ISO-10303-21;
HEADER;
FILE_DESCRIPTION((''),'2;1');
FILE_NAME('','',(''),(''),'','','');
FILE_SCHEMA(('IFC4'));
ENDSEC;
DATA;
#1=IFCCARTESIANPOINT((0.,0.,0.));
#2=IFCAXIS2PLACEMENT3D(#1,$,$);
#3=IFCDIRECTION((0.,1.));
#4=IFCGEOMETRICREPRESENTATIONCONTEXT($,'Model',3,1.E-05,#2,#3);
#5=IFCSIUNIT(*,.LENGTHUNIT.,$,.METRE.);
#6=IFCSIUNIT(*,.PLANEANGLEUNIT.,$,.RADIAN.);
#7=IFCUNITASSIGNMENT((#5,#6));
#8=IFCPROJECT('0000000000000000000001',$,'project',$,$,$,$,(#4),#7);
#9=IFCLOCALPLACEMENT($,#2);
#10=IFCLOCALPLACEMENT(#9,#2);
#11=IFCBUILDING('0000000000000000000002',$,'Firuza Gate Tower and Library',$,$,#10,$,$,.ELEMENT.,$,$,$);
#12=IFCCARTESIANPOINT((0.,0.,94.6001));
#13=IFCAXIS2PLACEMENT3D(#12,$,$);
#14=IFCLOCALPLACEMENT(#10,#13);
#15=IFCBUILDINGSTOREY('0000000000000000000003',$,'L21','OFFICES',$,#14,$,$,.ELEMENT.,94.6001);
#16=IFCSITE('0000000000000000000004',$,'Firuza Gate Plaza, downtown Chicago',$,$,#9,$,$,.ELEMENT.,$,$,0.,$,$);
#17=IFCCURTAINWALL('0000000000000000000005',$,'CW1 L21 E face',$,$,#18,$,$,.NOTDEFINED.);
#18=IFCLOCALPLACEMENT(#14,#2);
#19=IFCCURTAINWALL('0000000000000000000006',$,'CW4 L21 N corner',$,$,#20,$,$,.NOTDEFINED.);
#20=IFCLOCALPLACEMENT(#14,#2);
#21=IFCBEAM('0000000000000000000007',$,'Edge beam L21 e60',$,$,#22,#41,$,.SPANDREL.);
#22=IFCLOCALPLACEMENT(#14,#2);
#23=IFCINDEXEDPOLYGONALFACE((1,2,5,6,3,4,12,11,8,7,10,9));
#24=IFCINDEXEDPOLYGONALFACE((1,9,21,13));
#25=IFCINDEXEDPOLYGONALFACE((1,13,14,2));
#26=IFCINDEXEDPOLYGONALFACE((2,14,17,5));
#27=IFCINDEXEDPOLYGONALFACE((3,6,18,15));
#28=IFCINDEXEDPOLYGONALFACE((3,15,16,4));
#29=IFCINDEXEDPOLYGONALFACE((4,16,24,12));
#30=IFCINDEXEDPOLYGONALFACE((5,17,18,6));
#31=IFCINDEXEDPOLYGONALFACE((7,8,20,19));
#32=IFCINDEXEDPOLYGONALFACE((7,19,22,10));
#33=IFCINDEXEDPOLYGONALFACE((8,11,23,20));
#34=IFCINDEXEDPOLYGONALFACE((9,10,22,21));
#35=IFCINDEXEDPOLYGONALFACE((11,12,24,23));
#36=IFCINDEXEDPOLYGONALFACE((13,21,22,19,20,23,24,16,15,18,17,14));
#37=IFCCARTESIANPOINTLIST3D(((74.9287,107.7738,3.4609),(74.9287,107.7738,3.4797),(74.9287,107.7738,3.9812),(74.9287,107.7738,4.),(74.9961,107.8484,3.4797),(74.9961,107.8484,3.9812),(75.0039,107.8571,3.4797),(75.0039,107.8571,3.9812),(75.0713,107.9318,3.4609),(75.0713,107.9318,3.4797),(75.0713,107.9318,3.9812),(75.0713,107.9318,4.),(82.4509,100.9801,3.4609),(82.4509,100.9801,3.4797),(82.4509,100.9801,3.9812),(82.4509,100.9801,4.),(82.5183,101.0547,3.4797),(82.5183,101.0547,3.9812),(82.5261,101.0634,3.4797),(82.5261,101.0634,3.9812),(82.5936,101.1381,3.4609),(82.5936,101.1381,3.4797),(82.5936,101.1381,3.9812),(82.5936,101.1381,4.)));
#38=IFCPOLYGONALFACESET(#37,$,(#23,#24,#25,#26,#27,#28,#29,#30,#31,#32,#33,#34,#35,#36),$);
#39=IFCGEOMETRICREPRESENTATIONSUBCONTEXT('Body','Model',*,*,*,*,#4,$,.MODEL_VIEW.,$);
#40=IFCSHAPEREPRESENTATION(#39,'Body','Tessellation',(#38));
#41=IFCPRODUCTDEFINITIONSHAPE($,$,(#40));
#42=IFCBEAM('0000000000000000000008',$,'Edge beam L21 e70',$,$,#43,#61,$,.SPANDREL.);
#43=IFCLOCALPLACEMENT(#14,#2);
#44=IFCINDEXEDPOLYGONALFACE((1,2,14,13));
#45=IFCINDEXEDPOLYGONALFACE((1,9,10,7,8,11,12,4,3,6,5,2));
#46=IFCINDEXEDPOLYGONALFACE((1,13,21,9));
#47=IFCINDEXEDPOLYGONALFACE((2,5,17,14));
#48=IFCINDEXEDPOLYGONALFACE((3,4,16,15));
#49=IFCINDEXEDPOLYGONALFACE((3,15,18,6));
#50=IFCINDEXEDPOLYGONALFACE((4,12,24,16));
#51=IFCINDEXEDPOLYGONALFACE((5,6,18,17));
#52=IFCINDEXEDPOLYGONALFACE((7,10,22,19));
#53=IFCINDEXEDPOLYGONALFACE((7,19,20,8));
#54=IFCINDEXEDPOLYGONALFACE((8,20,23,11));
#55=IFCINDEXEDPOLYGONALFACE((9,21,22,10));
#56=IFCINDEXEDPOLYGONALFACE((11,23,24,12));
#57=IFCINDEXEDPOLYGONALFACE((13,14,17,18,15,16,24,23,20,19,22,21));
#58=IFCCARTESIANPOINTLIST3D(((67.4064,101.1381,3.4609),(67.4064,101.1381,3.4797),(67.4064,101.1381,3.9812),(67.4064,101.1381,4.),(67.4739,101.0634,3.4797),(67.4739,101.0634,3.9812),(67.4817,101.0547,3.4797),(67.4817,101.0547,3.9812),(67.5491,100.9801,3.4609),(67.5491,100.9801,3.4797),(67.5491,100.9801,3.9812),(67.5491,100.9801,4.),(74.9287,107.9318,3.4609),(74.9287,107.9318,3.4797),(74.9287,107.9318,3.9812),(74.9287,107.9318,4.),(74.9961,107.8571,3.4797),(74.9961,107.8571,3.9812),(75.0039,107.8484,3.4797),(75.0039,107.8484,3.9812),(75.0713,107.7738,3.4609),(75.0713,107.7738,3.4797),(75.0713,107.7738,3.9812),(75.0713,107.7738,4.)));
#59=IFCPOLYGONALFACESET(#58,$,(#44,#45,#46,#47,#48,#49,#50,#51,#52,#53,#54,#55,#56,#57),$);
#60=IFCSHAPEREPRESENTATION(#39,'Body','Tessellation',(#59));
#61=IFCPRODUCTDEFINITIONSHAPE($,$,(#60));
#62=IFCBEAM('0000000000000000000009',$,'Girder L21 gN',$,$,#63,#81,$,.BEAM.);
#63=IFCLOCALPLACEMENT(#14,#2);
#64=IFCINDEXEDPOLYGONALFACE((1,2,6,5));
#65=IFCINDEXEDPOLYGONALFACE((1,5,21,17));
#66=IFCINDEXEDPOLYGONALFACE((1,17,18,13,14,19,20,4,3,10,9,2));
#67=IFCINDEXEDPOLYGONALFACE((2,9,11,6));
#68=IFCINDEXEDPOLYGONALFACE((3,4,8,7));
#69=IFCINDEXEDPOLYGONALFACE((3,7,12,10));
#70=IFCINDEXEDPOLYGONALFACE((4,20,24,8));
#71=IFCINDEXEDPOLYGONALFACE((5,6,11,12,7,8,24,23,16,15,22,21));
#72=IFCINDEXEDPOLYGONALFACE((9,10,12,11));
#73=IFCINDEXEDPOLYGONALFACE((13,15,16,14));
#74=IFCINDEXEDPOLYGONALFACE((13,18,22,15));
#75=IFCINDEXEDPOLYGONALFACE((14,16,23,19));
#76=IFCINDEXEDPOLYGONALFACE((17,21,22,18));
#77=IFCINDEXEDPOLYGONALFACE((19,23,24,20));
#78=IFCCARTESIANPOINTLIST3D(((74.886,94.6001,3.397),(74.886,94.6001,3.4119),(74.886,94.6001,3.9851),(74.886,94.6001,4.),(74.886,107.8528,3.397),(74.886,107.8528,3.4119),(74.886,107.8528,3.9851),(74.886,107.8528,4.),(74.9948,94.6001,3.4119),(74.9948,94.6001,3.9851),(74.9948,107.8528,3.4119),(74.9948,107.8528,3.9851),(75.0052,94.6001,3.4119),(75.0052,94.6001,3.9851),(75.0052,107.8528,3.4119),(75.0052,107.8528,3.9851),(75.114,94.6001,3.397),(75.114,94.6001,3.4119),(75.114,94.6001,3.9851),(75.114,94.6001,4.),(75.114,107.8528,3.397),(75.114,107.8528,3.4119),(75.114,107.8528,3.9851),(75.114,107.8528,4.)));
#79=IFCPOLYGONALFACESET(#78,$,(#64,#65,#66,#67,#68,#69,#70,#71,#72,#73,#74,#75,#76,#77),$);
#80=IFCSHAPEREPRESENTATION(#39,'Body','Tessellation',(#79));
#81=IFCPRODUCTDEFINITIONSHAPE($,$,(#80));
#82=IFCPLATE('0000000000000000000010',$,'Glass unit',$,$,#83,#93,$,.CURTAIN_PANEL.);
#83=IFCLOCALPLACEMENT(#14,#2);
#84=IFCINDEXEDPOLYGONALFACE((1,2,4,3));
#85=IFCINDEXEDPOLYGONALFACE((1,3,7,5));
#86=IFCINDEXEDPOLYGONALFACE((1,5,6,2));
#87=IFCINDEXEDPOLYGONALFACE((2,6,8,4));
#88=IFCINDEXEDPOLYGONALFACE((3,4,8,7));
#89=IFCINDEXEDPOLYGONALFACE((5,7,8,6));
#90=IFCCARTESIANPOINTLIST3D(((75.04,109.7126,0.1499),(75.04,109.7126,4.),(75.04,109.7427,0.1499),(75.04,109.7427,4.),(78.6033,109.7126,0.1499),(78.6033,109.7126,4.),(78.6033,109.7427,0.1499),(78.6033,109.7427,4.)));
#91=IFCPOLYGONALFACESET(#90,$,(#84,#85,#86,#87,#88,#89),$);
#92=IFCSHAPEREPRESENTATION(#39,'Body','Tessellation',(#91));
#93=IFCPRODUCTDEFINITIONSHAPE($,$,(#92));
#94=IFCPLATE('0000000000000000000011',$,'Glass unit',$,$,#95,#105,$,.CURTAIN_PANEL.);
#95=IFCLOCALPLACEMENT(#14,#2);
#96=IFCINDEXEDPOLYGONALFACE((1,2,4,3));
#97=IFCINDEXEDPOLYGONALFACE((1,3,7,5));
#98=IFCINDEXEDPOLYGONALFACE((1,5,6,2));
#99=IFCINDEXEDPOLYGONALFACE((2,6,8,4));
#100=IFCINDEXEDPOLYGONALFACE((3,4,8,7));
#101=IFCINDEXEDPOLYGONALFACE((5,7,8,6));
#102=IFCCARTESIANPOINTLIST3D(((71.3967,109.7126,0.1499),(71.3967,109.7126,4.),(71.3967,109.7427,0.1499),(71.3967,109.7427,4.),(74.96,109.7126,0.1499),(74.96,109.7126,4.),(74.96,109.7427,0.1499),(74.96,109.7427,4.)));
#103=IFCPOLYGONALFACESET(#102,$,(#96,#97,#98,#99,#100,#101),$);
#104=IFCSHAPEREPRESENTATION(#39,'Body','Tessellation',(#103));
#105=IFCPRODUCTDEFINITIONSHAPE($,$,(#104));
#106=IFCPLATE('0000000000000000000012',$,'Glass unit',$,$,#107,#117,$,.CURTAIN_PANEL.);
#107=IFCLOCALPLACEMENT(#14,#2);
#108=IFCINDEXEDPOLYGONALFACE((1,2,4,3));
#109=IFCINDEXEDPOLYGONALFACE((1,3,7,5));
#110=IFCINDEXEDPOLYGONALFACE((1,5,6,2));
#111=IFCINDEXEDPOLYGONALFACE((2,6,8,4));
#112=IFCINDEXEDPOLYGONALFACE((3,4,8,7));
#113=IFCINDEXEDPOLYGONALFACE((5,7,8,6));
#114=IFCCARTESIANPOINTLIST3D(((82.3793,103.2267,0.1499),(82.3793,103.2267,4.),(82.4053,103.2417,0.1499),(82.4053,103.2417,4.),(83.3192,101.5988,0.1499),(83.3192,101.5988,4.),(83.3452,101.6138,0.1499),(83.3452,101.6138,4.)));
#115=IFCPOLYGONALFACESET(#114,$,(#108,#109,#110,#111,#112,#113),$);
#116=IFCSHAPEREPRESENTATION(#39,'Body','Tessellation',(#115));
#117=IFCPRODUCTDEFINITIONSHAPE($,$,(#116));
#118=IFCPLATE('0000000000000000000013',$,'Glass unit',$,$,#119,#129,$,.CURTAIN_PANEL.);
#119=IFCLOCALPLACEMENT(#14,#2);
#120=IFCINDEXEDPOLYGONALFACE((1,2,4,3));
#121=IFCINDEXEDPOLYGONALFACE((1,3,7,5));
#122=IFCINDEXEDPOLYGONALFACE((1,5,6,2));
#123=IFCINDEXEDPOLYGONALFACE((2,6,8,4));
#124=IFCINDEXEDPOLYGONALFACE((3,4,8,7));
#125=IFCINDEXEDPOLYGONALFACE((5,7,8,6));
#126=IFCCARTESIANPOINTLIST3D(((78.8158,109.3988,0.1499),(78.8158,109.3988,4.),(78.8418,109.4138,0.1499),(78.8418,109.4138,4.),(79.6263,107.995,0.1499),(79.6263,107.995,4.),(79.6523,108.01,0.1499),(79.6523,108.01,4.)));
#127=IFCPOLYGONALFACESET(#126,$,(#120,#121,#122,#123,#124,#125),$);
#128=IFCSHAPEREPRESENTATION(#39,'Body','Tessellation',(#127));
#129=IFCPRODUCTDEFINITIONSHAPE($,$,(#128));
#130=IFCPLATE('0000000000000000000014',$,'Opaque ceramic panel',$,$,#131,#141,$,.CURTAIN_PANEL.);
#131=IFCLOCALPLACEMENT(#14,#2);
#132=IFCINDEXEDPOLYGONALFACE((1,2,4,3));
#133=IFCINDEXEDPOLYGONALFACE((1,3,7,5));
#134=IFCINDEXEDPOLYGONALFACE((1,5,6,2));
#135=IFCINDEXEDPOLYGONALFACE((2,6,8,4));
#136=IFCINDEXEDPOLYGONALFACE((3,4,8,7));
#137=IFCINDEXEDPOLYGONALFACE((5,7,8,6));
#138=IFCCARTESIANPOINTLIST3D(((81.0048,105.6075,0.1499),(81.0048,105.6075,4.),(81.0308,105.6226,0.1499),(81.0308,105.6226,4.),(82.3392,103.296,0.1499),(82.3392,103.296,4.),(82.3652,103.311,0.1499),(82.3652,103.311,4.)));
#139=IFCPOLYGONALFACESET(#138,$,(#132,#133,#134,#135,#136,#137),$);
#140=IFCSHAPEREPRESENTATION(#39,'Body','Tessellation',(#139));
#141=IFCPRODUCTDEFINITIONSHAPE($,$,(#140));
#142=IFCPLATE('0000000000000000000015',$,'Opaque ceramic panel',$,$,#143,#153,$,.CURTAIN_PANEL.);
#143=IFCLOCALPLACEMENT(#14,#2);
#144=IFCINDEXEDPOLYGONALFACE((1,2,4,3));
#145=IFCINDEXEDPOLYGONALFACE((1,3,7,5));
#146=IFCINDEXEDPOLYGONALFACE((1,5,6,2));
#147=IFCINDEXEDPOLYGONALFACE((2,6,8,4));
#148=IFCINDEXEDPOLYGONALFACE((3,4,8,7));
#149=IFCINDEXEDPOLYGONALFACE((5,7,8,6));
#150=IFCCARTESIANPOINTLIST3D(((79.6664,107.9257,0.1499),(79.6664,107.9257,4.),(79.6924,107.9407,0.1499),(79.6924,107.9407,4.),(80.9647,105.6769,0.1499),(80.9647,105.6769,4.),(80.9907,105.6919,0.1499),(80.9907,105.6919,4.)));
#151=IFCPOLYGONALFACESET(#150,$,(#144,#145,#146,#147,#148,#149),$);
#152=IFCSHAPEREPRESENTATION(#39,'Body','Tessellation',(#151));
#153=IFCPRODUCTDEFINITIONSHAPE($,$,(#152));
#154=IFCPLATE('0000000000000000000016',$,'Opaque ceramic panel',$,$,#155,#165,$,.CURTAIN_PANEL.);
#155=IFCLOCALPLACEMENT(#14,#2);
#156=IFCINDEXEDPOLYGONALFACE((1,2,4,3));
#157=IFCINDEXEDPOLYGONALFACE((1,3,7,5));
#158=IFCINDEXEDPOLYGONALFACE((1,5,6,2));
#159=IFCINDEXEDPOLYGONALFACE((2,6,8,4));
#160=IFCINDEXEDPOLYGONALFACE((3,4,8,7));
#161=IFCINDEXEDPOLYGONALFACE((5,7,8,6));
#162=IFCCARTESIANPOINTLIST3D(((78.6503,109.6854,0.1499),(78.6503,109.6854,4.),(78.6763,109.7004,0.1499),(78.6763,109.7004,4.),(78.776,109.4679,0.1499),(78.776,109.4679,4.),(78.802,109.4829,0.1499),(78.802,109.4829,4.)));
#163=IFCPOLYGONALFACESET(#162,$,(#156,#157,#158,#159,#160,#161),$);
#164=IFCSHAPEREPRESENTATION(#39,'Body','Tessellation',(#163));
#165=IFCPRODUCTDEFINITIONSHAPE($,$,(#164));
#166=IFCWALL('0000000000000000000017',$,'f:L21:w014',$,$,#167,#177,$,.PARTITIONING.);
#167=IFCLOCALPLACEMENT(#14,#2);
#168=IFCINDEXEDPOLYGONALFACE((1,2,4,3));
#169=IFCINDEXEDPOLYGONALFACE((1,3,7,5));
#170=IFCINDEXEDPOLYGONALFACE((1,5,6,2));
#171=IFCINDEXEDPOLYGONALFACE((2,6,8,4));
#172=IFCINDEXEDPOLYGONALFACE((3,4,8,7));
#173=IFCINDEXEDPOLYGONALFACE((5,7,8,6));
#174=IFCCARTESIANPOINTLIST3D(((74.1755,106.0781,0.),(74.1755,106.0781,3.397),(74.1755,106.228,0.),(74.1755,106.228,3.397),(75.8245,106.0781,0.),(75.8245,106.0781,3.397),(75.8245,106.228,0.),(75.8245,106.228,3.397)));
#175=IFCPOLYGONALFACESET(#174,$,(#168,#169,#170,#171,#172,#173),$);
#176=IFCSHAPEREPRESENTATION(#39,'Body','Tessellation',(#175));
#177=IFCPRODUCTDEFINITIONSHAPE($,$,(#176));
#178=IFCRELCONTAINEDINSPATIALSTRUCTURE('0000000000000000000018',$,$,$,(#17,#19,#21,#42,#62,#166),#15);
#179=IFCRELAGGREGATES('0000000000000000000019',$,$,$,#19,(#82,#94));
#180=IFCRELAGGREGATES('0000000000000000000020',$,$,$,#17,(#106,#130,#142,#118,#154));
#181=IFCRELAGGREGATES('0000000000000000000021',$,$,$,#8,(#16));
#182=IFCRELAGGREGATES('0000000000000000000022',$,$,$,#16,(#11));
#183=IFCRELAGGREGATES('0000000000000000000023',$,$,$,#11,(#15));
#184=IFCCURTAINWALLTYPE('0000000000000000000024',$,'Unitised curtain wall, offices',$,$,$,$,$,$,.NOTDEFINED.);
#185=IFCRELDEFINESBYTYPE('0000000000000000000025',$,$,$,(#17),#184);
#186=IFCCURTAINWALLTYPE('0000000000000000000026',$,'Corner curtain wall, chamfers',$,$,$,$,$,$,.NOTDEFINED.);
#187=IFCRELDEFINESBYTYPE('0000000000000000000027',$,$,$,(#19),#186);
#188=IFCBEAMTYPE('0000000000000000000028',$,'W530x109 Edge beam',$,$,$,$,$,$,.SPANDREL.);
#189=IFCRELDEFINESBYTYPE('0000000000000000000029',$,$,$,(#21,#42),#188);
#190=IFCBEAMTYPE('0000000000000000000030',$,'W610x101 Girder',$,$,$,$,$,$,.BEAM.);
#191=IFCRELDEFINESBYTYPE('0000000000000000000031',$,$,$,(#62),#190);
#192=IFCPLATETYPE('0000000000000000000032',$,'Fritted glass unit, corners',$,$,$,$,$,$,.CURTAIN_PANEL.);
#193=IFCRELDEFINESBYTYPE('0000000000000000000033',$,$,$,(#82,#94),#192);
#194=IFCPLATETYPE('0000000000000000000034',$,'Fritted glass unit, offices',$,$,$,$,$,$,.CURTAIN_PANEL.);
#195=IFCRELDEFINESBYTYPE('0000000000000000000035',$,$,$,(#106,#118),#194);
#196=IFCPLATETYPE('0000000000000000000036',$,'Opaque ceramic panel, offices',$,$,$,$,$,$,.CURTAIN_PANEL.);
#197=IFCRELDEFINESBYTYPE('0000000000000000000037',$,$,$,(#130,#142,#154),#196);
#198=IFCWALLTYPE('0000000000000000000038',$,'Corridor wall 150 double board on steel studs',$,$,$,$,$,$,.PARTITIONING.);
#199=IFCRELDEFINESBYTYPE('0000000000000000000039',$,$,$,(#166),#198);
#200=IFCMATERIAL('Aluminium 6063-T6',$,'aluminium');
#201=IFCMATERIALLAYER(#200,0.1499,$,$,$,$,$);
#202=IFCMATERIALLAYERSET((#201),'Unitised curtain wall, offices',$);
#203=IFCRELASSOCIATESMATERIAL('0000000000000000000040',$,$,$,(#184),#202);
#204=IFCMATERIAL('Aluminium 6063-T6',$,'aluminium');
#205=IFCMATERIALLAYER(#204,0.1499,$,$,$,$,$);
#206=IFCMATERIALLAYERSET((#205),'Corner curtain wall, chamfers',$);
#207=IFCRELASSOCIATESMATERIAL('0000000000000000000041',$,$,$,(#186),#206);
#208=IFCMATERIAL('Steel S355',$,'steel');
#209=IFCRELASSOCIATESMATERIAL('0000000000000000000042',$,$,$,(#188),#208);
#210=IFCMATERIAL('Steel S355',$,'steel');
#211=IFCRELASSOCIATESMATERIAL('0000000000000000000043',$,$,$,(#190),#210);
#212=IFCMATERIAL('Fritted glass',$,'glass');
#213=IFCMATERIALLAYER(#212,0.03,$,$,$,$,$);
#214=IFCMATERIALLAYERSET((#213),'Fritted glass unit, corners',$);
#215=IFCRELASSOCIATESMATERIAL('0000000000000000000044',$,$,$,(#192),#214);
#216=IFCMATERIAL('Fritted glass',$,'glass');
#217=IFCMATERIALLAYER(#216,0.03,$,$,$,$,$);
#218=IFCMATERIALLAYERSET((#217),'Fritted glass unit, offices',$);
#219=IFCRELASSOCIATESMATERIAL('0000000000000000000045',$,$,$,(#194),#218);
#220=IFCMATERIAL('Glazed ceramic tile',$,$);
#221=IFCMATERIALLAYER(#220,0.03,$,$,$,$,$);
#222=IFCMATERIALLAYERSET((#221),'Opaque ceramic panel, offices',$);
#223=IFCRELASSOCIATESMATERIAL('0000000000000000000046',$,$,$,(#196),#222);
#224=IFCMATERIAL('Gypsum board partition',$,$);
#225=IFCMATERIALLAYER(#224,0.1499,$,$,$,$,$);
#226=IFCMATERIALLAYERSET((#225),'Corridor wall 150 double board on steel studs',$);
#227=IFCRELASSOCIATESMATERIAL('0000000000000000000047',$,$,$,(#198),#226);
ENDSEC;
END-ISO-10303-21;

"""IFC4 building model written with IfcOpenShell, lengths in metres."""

from ifc_helpers import new_model, si_unit, direction, frame, frame_2d, origin, origin_2d, place, context, subcontext, project, spatial, polyline, rectangle, i_section, outline, extrude, material, layer, layer_set, material_profile, profile_set, type_object, element, aggregate, save


model = new_model("IFC4")

# Units and contexts
model_context = context("Model", 3, precision=1e-05, world=origin(), true_north=direction((0.0, 1.0)))
body_context = subcontext(model_context, "Body", "Model", "MODEL_VIEW")
ifc_project = project(units=[si_unit("LENGTHUNIT", "METRE"), si_unit("PLANEANGLEUNIT", "RADIAN")], contexts=[model_context])

# Site, building, storey
site_placement = place(None, origin())
site = spatial("IfcSite", under=ifc_project, at=site_placement, Name="Firuza Gate Plaza, downtown Chicago", CompositionType="ELEMENT", RefElevation=0.0)
building_placement = place(site_placement, origin())
building = spatial("IfcBuilding", under=site, at=building_placement, Name="Firuza Gate Tower and Library", CompositionType="ELEMENT")
storey_placement = place(building_placement, frame((0.0, 0.0, 94.6001)))
storey = spatial("IfcBuildingStorey", under=building, at=storey_placement, Name="L21", Description="OFFICES", CompositionType="ELEMENT", Elevation=94.6001)

# Curtain walls
ifc_material_1 = material(Name="Aluminium 6063-T6", Category="aluminium")
ifc_layer_1 = layer(ifc_material_1, 0.1499)
ifc_layer_set_1 = layer_set([ifc_layer_1], Name="Unitised curtain wall, offices")
curtain_wall_type_1 = type_object("IfcCurtainWallType", Name="Unitised curtain wall, offices", PredefinedType="NOTDEFINED", material=ifc_layer_set_1)
placement = place(storey_placement, origin())
curtain_wall_1 = element("IfcCurtainWall", 1, at=placement, inside=storey, type_object=curtain_wall_type_1, Name="CW1 L21 E face", PredefinedType="NOTDEFINED")
ifc_material_2 = material(Name="Aluminium 6063-T6", Category="aluminium")
ifc_layer_2 = layer(ifc_material_2, 0.1499)
ifc_layer_set_2 = layer_set([ifc_layer_2], Name="Corner curtain wall, chamfers")
curtain_wall_type_2 = type_object("IfcCurtainWallType", Name="Corner curtain wall, chamfers", PredefinedType="NOTDEFINED", material=ifc_layer_set_2)
curtain_wall_2 = element("IfcCurtainWall", 2, at=placement, inside=storey, type_object=curtain_wall_type_2, Name="CW4 L21 N corner", PredefinedType="NOTDEFINED")

# Beams
ifc_material_3 = material(Name="Steel S355", Category="steel")
ifc_material_profile_1 = material_profile(ifc_material_3, i_section(OverallWidth=0.2129, OverallDepth=0.5391, WebThickness=0.0117, FlangeThickness=0.0188, at=origin_2d()))
ifc_profile_set_1 = profile_set([ifc_material_profile_1], Name="Steel S355")
beam_type_1 = type_object("IfcBeamType", Name="W530x109 Edge beam", PredefinedType="SPANDREL", material=ifc_profile_set_1)
for number, where, z_axis, x_axis, name in (
    (3, (82.5222, 101.0591, 3.7305), (-0.74213, 0.670256, 0.0), (-0.670256, -0.74213, 0.0), "Edge beam L21 e60"),
    (4, (75.0, 107.8528, 3.7305), (-0.74213, -0.670256, 0.0), (0.670256, -0.74213, 0.0), "Edge beam L21 e70"),
):
    element("IfcBeam", number, at=place(storey_placement, frame(where, z_axis=z_axis, x_axis=x_axis)), inside=storey, type_object=beam_type_1, Name=name, PredefinedType="SPANDREL", context=body_context, shape_type="SweptSolid", body=[
        extrude(i_section(OverallWidth=0.2129, OverallDepth=0.5391, WebThickness=0.0117, FlangeThickness=0.0188, at=origin_2d()), origin(), (0.0, 0.0, 1.0), 10.136),
    ])
ifc_material_4 = material(Name="Steel S355", Category="steel")
ifc_material_profile_2 = material_profile(ifc_material_4, i_section(OverallWidth=0.228, OverallDepth=0.603, WebThickness=0.0105, FlangeThickness=0.0149, at=origin_2d()))
ifc_profile_set_2 = profile_set([ifc_material_profile_2], Name="Steel S355")
beam_type_2 = type_object("IfcBeamType", Name="W610x101 Girder", PredefinedType="BEAM", material=ifc_profile_set_2)
beam_1_placement = place(storey_placement, frame((75.0, 107.8528, 3.6985), z_axis=(0.0, -1.0, 0.0), x_axis=(1.0, 0.0, 0.0)))
element("IfcBeam", 5, at=beam_1_placement, inside=storey, type_object=beam_type_2, Name="Girder L21 gN", PredefinedType="BEAM", context=body_context, shape_type="SweptSolid", body=[
    extrude(i_section(OverallWidth=0.228, OverallDepth=0.603, WebThickness=0.0105, FlangeThickness=0.0149, at=origin_2d()), origin(), (0.0, 0.0, 1.0), 13.2527),
])

# Plates
ifc_material_5 = material(Name="Fritted glass", Category="glass")
ifc_layer_3 = layer(ifc_material_5, 0.03)
ifc_layer_set_3 = layer_set([ifc_layer_3], Name="Fritted glass unit, corners")
plate_type_1 = type_object("IfcPlateType", Name="Fritted glass unit, corners", PredefinedType="CURTAIN_PANEL", material=ifc_layer_set_3)
plate_1_placement = place(storey_placement, frame((78.6033, 109.7427, 0.1499), z_axis=(0.0, 1.0, 0.0), x_axis=(-1.0, 0.0, 0.0)))
plate_1 = element("IfcPlate", 6, at=plate_1_placement, type_object=plate_type_1, Name="Glass unit", PredefinedType="CURTAIN_PANEL", context=body_context, shape_type="SweptSolid", body=[
    extrude(outline(polyline([(0.0, 0.0), (3.5632, 0.0), (3.5632, 3.8501), (0.0, 3.8501), (0.0, 0.0)])), origin(), (0.0, 0.0, -1.0), 0.03),
])
plate_2_placement = place(storey_placement, frame((74.96, 109.7427, 0.1499), z_axis=(0.0, 1.0, 0.0), x_axis=(-1.0, 0.0, 0.0)))
plate_2 = element("IfcPlate", 7, at=plate_2_placement, type_object=plate_type_1, Name="Glass unit", PredefinedType="CURTAIN_PANEL", context=body_context, shape_type="SweptSolid", body=[
    extrude(outline(polyline([(0.0, 0.0), (3.5632, 0.0), (3.5632, 3.8501), (0.0, 3.8501), (0.0, 0.0)])), origin(), (0.0, 0.0, -1.0), 0.03),
])
aggregate(curtain_wall_2, [plate_1, plate_2])
ifc_material_6 = material(Name="Fritted glass", Category="glass")
ifc_layer_4 = layer(ifc_material_6, 0.03)
ifc_layer_set_4 = layer_set([ifc_layer_4], Name="Fritted glass unit, offices")
plate_type_2 = type_object("IfcPlateType", Name="Fritted glass unit, offices", PredefinedType="CURTAIN_PANEL", material=ifc_layer_set_4)
plate_3_placement = place(storey_placement, frame((83.3452, 101.6138, 0.1499), z_axis=(0.866013, 0.500022, 0.0), x_axis=(-0.500022, 0.866013, 0.0)))
plate_3 = element("IfcPlate", 8, at=plate_3_placement, type_object=plate_type_2, Name="Glass unit", PredefinedType="CURTAIN_PANEL", context=body_context, shape_type="SweptSolid", body=[
    extrude(outline(polyline([(0.0, 0.0), (1.8798, 0.0), (1.8798, 3.8501), (0.0, 3.8501), (0.0, 0.0)])), origin(), (0.0, 0.0, -1.0), 0.03),
])
plate_4_placement = place(storey_placement, frame((79.6523, 108.01, 0.1499), z_axis=(0.86601, 0.500027, 0.0), x_axis=(-0.500027, 0.86601, 0.0)))
plate_4 = element("IfcPlate", 9, at=plate_4_placement, type_object=plate_type_2, Name="Glass unit", PredefinedType="CURTAIN_PANEL", context=body_context, shape_type="SweptSolid", body=[
    extrude(outline(polyline([(0.0, 0.0), (1.621, 0.0), (1.621, 3.8501), (0.0, 3.8501), (0.0, 0.0)])), origin(), (0.0, 0.0, -1.0), 0.03),
])
ifc_material_7 = material(Name="Glazed ceramic tile")
ifc_layer_5 = layer(ifc_material_7, 0.03)
ifc_layer_set_5 = layer_set([ifc_layer_5], Name="Opaque ceramic panel, offices")
plate_type_3 = type_object("IfcPlateType", Name="Opaque ceramic panel, offices", PredefinedType="CURTAIN_PANEL", material=ifc_layer_set_5)
plate_5_placement = place(storey_placement, frame((82.3652, 103.311, 0.1499), z_axis=(0.866039, 0.499976, 0.0), x_axis=(-0.499976, 0.866039, 0.0)))
plate_5 = element("IfcPlate", 10, at=plate_5_placement, type_object=plate_type_3, Name="Opaque ceramic panel", PredefinedType="CURTAIN_PANEL", context=body_context, shape_type="SweptSolid", body=[
    extrude(outline(polyline([(0.0, 0.0), (2.6691, 0.0), (2.6691, 3.8501), (0.0, 3.8501), (0.0, 0.0)])), origin(), (0.0, 0.0, -1.0), 0.03),
])
plate_6_placement = place(storey_placement, frame((80.9907, 105.6919, 0.1499), z_axis=(0.866024, 0.500002, 0.0), x_axis=(-0.500002, 0.866024, 0.0)))
plate_6 = element("IfcPlate", 11, at=plate_6_placement, type_object=plate_type_3, Name="Opaque ceramic panel", PredefinedType="CURTAIN_PANEL", context=body_context, shape_type="SweptSolid", body=[
    extrude(outline(polyline([(0.0, 0.0), (2.5967, 0.0), (2.5967, 3.8501), (0.0, 3.8501), (0.0, 0.0)])), origin(), (0.0, 0.0, -1.0), 0.03),
])
plate_7_placement = place(storey_placement, frame((78.802, 109.4829, 0.1499), z_axis=(0.865781, 0.500423, 0.0), x_axis=(-0.500423, 0.865781, 0.0)))
plate_7 = element("IfcPlate", 12, at=plate_7_placement, type_object=plate_type_3, Name="Opaque ceramic panel", PredefinedType="CURTAIN_PANEL", context=body_context, shape_type="SweptSolid", body=[
    extrude(outline(polyline([(0.0, 0.0), (0.2513, 0.0), (0.2513, 3.8501), (0.0, 3.8501), (0.0, 0.0)])), origin(), (0.0, 0.0, -1.0), 0.03),
])
aggregate(curtain_wall_1, [plate_3, plate_5, plate_6, plate_4, plate_7])

# Wall
ifc_material_8 = material(Name="Gypsum board partition")
ifc_layer_6 = layer(ifc_material_8, 0.1499)
ifc_layer_set_6 = layer_set([ifc_layer_6], Name="Corridor wall 150 double board on steel studs")
wall_type_1 = type_object("IfcWallType", Name="Corridor wall 150 double board on steel studs", PredefinedType="PARTITIONING", material=ifc_layer_set_6)
wall_1_placement = place(storey_placement, frame((74.1755, 106.1531, 0.0), z_axis=(0.0, 0.0, 1.0), x_axis=(1.0, 0.0, 0.0)))
element("IfcWall", 13, at=wall_1_placement, inside=storey, type_object=wall_type_1, Name="f:L21:w014", PredefinedType="PARTITIONING", context=body_context, shape_type="SweptSolid", body=[
    extrude(rectangle(XDim=1.6489, YDim=0.1499, at=frame_2d((0.8245, 0.0))), origin(), (0.0, 0.0, 1.0), 3.397),
])

save(model, "model.ifc")
